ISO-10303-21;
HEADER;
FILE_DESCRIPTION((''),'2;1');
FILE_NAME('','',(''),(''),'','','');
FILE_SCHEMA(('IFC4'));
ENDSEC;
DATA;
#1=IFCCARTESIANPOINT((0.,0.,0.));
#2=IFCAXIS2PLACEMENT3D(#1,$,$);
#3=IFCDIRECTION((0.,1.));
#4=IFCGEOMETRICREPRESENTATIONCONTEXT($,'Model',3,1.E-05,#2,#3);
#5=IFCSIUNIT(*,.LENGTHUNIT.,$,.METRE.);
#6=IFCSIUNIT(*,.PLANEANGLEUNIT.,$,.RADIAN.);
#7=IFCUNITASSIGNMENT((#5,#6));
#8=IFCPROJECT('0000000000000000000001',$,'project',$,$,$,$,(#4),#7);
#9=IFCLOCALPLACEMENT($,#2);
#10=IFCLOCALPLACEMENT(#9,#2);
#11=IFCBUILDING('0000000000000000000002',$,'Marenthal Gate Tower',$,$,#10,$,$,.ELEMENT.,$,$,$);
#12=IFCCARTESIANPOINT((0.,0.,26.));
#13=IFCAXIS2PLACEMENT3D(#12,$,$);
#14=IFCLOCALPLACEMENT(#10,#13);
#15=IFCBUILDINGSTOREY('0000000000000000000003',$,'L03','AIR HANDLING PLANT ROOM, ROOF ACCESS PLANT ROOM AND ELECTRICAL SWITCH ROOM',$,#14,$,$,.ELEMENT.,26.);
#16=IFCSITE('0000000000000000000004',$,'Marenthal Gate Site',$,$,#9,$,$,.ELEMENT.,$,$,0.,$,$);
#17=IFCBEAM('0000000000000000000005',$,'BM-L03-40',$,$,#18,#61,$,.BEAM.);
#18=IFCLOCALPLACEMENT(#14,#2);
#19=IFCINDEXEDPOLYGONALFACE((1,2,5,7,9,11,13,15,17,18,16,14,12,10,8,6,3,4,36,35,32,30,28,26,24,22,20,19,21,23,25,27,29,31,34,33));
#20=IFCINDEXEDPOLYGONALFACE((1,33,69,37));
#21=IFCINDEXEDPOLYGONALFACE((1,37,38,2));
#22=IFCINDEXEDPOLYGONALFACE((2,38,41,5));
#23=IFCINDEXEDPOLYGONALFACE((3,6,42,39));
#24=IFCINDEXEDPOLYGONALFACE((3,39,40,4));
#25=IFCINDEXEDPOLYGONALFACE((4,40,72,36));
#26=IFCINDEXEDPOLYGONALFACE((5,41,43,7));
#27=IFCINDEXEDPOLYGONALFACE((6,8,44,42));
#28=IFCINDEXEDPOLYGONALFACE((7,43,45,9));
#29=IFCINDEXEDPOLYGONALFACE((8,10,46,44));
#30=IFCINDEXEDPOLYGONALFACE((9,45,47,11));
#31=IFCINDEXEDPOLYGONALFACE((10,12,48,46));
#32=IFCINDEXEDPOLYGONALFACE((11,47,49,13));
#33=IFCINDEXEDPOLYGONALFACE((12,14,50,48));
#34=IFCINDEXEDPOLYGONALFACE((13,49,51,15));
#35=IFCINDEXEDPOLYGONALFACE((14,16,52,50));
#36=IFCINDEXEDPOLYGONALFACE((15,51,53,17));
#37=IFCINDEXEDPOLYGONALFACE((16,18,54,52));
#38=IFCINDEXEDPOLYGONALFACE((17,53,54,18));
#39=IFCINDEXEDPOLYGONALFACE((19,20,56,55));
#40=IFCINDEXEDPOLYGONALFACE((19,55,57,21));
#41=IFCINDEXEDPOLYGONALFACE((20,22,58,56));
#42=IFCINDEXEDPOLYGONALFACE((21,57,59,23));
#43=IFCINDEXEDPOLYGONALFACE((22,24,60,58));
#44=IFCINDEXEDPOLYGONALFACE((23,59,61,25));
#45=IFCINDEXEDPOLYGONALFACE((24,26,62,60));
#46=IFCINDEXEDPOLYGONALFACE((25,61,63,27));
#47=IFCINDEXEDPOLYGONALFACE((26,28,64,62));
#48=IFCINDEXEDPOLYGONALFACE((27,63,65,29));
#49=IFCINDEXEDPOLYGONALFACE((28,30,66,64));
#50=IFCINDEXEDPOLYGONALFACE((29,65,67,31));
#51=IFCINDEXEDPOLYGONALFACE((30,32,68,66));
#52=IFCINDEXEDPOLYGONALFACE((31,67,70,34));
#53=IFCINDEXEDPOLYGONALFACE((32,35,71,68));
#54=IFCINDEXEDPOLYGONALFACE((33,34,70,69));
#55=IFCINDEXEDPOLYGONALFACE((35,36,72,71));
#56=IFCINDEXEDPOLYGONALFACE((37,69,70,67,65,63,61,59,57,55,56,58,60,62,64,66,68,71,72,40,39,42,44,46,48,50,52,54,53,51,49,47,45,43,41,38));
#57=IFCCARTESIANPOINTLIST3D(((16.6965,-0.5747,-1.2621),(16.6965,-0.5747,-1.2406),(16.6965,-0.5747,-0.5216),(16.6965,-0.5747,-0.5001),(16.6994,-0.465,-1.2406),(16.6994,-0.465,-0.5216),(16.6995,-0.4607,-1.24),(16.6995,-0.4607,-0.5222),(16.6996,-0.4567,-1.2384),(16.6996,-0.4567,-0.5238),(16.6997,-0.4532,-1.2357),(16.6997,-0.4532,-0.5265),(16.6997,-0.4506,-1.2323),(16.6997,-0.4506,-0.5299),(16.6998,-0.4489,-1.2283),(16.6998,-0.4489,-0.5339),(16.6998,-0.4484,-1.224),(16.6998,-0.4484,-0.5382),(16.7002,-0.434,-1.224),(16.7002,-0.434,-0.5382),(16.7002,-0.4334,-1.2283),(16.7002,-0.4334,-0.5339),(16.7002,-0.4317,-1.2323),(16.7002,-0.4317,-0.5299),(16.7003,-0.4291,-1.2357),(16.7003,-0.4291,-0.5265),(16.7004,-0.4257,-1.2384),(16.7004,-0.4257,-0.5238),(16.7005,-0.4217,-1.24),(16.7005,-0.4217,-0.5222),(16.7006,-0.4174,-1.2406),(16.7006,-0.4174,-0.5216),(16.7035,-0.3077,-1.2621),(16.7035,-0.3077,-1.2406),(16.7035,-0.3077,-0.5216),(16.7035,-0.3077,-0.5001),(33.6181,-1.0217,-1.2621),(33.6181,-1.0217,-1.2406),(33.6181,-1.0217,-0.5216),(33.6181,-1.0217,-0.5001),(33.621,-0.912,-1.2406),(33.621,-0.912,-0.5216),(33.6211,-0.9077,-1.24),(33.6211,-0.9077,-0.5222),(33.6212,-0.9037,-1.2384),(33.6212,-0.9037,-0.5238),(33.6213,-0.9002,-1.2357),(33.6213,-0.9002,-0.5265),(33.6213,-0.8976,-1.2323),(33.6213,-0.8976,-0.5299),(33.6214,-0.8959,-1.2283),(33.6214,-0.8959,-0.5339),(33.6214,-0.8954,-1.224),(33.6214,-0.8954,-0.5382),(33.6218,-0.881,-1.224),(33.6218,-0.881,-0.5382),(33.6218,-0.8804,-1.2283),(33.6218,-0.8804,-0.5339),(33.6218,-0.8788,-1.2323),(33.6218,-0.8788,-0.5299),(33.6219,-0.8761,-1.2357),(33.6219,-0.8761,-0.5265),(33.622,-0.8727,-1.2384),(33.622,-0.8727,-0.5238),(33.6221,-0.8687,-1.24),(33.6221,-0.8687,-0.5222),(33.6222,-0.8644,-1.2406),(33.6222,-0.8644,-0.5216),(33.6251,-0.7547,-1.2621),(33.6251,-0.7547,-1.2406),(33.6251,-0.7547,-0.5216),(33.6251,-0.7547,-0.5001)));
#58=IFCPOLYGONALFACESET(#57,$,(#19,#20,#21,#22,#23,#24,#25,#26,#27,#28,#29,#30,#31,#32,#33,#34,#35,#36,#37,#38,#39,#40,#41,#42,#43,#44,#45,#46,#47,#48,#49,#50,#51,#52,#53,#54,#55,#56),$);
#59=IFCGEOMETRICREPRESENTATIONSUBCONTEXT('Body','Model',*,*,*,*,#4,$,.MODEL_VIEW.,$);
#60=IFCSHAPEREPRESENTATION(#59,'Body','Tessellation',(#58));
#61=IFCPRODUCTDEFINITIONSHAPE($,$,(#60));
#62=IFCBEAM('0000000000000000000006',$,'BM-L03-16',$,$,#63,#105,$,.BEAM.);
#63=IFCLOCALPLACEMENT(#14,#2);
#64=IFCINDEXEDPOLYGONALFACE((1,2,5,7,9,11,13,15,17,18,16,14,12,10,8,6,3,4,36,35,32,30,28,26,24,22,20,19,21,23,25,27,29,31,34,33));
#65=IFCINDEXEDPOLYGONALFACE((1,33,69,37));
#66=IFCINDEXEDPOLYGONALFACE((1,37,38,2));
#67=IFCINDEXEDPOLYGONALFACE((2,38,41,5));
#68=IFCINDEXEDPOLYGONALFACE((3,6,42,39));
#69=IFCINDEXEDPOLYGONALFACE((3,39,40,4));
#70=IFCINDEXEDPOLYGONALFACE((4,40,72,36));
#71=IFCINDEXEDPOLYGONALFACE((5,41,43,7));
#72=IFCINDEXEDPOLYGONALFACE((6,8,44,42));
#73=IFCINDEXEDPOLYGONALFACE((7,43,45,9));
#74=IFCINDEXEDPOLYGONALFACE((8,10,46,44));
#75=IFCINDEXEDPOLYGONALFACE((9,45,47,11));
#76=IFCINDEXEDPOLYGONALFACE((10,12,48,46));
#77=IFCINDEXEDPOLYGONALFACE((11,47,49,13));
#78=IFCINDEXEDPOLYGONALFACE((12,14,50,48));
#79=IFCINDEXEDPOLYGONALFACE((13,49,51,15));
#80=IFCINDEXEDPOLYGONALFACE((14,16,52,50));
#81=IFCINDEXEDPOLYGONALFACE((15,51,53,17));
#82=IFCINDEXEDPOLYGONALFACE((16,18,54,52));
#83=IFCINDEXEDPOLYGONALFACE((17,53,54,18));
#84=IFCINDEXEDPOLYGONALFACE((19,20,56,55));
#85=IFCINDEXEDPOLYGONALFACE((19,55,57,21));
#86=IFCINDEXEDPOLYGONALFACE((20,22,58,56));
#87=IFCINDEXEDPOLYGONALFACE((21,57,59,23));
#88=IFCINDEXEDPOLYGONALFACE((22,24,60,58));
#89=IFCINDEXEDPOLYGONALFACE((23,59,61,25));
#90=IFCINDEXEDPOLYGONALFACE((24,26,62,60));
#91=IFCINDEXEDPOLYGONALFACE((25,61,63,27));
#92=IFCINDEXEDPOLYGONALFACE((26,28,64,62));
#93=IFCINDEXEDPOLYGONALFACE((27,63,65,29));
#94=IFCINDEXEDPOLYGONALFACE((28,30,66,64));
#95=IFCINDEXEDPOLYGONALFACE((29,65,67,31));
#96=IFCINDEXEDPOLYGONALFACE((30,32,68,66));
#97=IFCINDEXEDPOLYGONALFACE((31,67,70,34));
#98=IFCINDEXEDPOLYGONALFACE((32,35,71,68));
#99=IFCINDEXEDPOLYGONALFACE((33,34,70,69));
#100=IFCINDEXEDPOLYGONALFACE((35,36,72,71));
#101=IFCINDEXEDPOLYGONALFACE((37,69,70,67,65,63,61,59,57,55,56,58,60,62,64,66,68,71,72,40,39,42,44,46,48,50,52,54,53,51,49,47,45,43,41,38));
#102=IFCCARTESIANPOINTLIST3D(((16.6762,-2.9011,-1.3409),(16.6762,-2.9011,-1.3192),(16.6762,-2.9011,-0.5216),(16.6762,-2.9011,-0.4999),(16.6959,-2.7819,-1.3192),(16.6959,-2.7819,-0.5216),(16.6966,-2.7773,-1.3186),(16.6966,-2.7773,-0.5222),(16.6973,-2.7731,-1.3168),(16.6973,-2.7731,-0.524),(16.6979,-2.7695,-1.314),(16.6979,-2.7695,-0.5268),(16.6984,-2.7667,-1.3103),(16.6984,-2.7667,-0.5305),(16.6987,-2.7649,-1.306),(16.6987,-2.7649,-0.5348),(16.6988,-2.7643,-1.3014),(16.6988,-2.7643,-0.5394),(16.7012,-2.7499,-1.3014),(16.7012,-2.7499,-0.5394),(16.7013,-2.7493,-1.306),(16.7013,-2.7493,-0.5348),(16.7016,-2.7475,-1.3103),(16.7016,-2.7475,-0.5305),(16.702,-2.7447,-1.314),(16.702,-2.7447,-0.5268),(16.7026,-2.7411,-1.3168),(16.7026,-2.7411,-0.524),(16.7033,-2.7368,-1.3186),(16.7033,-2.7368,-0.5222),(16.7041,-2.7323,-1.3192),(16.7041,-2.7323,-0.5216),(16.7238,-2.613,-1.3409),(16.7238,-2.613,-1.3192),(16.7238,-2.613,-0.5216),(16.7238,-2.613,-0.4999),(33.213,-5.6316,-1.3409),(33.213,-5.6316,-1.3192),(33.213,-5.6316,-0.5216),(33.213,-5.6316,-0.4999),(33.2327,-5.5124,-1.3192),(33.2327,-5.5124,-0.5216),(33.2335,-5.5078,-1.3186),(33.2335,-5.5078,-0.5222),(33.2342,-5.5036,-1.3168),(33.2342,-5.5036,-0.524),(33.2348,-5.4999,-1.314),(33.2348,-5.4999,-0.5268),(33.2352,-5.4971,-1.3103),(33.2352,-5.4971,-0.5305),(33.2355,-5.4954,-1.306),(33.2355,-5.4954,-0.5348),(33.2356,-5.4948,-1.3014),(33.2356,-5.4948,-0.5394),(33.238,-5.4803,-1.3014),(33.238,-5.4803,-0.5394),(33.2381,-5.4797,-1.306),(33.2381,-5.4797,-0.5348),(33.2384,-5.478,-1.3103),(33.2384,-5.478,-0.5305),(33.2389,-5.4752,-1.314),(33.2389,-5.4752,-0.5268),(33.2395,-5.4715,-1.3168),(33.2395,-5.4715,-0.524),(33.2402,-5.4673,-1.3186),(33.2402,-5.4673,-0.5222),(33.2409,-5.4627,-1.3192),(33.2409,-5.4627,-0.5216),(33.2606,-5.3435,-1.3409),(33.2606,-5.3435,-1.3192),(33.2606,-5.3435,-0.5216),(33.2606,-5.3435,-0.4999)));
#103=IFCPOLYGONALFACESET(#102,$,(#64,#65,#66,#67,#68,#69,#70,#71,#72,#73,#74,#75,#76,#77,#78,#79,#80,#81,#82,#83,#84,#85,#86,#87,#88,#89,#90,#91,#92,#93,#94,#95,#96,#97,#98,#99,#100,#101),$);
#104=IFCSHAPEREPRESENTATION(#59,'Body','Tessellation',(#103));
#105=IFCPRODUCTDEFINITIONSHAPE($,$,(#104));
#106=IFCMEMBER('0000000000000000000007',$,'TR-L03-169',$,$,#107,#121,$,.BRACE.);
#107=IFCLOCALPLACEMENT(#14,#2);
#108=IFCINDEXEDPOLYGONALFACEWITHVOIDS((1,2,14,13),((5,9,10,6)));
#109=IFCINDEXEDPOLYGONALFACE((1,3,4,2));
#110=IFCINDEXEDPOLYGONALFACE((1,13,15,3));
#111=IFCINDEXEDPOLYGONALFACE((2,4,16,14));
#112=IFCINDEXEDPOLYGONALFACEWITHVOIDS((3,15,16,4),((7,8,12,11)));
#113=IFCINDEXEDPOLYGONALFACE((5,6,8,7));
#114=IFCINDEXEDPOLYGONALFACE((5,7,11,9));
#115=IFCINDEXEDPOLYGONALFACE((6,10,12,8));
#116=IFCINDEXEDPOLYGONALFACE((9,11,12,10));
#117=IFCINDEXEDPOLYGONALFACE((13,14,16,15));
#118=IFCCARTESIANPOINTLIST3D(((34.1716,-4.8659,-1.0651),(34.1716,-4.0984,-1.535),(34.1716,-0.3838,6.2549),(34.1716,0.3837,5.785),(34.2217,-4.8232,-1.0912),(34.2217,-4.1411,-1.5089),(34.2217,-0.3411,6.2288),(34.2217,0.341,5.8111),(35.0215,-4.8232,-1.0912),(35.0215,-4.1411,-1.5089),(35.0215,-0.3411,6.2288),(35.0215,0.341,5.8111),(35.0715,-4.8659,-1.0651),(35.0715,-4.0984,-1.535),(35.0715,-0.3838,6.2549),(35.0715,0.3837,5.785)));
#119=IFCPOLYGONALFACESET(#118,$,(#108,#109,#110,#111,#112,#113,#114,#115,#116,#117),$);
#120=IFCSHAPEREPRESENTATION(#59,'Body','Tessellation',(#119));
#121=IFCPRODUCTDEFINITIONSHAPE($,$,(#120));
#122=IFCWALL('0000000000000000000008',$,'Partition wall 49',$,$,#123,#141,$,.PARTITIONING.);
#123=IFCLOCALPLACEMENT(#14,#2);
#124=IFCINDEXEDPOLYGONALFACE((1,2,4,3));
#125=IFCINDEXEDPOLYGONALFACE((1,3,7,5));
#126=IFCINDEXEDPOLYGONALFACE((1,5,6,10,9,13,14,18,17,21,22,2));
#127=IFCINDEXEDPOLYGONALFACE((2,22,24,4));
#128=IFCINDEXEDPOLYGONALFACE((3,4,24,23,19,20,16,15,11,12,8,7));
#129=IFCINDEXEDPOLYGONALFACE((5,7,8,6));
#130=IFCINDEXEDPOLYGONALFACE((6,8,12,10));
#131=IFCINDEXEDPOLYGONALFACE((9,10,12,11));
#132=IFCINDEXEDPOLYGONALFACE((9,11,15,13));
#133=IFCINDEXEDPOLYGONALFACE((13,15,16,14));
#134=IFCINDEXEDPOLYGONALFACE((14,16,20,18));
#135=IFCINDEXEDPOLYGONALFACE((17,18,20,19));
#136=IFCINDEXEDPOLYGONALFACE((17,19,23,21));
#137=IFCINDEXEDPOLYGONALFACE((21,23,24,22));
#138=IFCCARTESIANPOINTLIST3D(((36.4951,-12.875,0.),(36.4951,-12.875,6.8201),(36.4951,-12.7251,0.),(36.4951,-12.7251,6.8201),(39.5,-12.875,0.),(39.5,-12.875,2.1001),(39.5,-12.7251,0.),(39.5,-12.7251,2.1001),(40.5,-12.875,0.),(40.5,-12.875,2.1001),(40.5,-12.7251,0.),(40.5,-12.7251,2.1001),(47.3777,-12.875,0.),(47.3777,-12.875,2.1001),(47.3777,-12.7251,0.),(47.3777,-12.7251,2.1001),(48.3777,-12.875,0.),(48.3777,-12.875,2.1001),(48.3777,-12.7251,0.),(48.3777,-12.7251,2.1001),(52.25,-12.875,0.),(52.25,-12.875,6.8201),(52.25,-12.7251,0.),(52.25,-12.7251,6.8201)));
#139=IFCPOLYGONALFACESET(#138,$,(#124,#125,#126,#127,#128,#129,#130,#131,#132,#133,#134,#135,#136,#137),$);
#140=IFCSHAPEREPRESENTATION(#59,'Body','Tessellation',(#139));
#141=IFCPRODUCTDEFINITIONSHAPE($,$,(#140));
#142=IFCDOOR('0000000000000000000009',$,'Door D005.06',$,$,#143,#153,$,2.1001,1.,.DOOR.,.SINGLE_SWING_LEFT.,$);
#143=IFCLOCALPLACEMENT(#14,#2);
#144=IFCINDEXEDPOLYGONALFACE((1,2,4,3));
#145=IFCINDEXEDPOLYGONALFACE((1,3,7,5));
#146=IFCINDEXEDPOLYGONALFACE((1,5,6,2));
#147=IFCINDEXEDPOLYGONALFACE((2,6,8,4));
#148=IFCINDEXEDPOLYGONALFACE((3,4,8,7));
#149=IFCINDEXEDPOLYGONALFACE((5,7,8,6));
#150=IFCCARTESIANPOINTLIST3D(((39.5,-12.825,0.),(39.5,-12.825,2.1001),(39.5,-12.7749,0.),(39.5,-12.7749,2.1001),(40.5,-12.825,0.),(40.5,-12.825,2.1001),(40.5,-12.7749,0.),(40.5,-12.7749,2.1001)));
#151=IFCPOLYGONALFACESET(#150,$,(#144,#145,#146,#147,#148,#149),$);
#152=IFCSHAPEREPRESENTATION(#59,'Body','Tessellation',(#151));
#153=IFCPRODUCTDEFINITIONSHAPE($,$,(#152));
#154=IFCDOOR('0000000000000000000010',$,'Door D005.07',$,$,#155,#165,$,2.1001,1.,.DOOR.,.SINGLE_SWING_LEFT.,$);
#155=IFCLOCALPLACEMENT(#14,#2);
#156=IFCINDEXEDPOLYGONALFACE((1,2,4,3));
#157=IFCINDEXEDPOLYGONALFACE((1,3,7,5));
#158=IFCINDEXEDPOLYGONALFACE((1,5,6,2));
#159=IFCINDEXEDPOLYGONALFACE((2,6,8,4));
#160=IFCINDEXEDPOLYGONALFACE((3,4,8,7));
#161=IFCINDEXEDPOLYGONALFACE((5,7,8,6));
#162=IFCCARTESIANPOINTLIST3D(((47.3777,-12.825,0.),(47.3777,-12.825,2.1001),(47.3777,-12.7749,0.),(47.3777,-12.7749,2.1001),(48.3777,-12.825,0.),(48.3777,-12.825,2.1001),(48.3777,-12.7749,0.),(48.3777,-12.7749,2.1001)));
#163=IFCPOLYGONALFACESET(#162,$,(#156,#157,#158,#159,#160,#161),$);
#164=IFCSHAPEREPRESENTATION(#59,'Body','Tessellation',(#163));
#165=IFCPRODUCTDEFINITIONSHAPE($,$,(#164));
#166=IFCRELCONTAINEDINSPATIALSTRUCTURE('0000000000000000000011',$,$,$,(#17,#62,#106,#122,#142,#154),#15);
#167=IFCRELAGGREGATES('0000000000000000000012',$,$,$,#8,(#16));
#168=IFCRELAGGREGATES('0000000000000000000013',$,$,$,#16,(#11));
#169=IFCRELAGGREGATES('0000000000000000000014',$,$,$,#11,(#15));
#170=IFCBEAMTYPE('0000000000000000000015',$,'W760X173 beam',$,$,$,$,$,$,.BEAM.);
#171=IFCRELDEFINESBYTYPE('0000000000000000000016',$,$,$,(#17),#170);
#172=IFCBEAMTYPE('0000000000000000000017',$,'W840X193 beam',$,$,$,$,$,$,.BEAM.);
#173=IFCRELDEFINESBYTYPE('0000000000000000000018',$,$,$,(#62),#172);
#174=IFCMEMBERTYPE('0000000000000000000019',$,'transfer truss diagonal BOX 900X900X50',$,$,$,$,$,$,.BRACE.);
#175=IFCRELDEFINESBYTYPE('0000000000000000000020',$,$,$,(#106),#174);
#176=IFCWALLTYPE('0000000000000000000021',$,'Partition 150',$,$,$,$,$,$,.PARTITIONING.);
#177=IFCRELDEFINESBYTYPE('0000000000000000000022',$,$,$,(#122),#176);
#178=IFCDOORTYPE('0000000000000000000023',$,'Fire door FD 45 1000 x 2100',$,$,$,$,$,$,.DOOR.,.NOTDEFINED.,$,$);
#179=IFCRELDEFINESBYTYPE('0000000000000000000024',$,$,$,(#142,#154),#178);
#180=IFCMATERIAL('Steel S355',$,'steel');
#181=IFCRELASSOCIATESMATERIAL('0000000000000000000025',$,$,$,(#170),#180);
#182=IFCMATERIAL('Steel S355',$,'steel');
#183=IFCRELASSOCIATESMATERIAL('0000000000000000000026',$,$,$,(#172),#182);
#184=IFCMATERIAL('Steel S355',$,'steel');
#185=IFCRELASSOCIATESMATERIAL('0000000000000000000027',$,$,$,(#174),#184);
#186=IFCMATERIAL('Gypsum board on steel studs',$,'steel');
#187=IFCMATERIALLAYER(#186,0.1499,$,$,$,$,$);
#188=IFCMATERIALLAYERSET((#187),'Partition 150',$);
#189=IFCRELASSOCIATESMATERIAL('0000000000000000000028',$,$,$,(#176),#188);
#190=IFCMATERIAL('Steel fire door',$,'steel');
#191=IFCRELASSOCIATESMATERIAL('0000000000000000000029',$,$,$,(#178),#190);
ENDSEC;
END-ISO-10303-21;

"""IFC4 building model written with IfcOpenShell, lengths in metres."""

from ifc_helpers import new_model, si_unit, direction, frame, frame_2d, origin, origin_2d, place, context, subcontext, project, spatial, rectangle, hollow_rectangle, i_section, extrude, material, layer, layer_set, material_profile, profile_set, type_object, element, fill, save


model = new_model("IFC4")

# Units and contexts
model_context = context("Model", 3, precision=1e-05, world=origin(), true_north=direction((0.0, 1.0)))
body_context = subcontext(model_context, "Body", "Model", "MODEL_VIEW")
ifc_project = project(units=[si_unit("LENGTHUNIT", "METRE"), si_unit("PLANEANGLEUNIT", "RADIAN")], contexts=[model_context])

# Site, building, storey
site_placement = place(None, origin())
site = spatial("IfcSite", under=ifc_project, at=site_placement, Name="Marenthal Gate Site", CompositionType="ELEMENT", RefElevation=0.0)
building_placement = place(site_placement, origin())
building = spatial("IfcBuilding", under=site, at=building_placement, Name="Marenthal Gate Tower", CompositionType="ELEMENT")
storey_placement = place(building_placement, frame((0.0, 0.0, 26.0)))
storey = spatial("IfcBuildingStorey", under=building, at=storey_placement, Name="L03", Description="AIR HANDLING PLANT ROOM, ROOF ACCESS PLANT ROOM AND ELECTRICAL SWITCH ROOM", CompositionType="ELEMENT", Elevation=26.0)

# Beams
ifc_material_1 = material(Name="Steel S355", Category="steel")
ifc_material_profile_1 = material_profile(ifc_material_1, i_section(OverallWidth=0.2671, OverallDepth=0.762, WebThickness=0.0144, FlangeThickness=0.0215, FilletRadius=0.0166, at=origin_2d()), Name="W760X173")
ifc_profile_set_1 = profile_set([ifc_material_profile_1], Name="Steel S355")
beam_type_1 = type_object("IfcBeamType", Name="W760X173 beam", PredefinedType="BEAM", material=ifc_profile_set_1)
beam_1_placement = place(storey_placement, frame((33.6216, -0.8882, -0.8811), z_axis=(-0.999651, 0.026408, 0.0), x_axis=(-0.026408, -0.999651, 0.0)))
element("IfcBeam", 1, at=beam_1_placement, inside=storey, type_object=beam_type_1, Name="BM-L03-40", PredefinedType="BEAM", context=body_context, shape_type="SweptSolid", body=[
    extrude(i_section(OverallWidth=0.2671, OverallDepth=0.762, WebThickness=0.0144, FlangeThickness=0.0215, FilletRadius=0.0166, at=origin_2d()), origin(), (0.0, 0.0, 1.0), 16.9275),
])
ifc_material_2 = material(Name="Steel S355", Category="steel")
ifc_material_profile_2 = material_profile(ifc_material_2, i_section(OverallWidth=0.292, OverallDepth=0.8411, WebThickness=0.0146, FlangeThickness=0.0217, FilletRadius=0.0178, at=origin_2d()), Name="W840X193")
ifc_profile_set_2 = profile_set([ifc_material_profile_2], Name="Steel S355")
beam_type_2 = type_object("IfcBeamType", Name="W840X193 beam", PredefinedType="BEAM", material=ifc_profile_set_2)
beam_2_placement = place(storey_placement, frame((33.2368, -5.4875, -0.9204), z_axis=(-0.986641, 0.162908, 0.0), x_axis=(-0.162908, -0.986641, 0.0)))
element("IfcBeam", 2, at=beam_2_placement, inside=storey, type_object=beam_type_2, Name="BM-L03-16", PredefinedType="BEAM", context=body_context, shape_type="SweptSolid", body=[
    extrude(i_section(OverallWidth=0.292, OverallDepth=0.8411, WebThickness=0.0146, FlangeThickness=0.0217, FilletRadius=0.0178, at=origin_2d()), origin(), (0.0, 0.0, 1.0), 16.7607),
])

# Member
ifc_material_3 = material(Name="Steel S355", Category="steel")
ifc_material_profile_3 = material_profile(ifc_material_3, hollow_rectangle(XDim=0.8999, YDim=0.8999, WallThickness=0.05, at=origin_2d()), Name="BOX 900X900X50")
ifc_profile_set_3 = profile_set([ifc_material_profile_3], Name="Steel S355")
member_type = type_object("IfcMemberType", Name="transfer truss diagonal BOX 900X900X50", PredefinedType="BRACE", material=ifc_profile_set_3)
member_placement = place(storey_placement, frame((34.6216, -4.4822, -1.3), z_axis=(0.0, 0.522197, 0.852825), x_axis=(-1.0, 0.0, 0.0)))
element("IfcMember", 3, at=member_placement, inside=storey, type_object=member_type, Name="TR-L03-169", PredefinedType="BRACE", context=body_context, shape_type="SweptSolid", body=[
    extrude(hollow_rectangle(XDim=0.8999, YDim=0.8999, WallThickness=0.05, at=origin_2d()), origin(), (0.0, 0.0, 1.0), 8.5833),
])

# Wall, openings, doors
ifc_material_4 = material(Name="Gypsum board on steel studs", Category="steel")
ifc_layer_1 = layer(ifc_material_4, 0.1499)
ifc_layer_set_1 = layer_set([ifc_layer_1], Name="Partition 150")
wall_type_1 = type_object("IfcWallType", Name="Partition 150", PredefinedType="PARTITIONING", material=ifc_layer_set_1)
wall_1_placement = place(storey_placement, frame((36.4951, -12.8, 0.0), z_axis=(0.0, 0.0, 1.0), x_axis=(1.0, 0.0, 0.0)))
wall_1 = element("IfcWall", 4, at=wall_1_placement, inside=storey, type_object=wall_type_1, Name="Partition wall 49", PredefinedType="PARTITIONING", context=body_context, shape_type="SweptSolid", body=[
    extrude(rectangle(XDim=15.7549, YDim=0.1499, at=frame_2d((7.8774, 0.0))), origin(), (0.0, 0.0, 1.0), 6.8201),
])
opening_1_placement = place(wall_1_placement, frame((3.0049, 0.0, 0.0)))
opening_1 = element("IfcOpeningElement", 5, at=opening_1_placement, cuts=wall_1, PredefinedType="OPENING", context=body_context, shape_type="SweptSolid", body=[
    extrude(rectangle(XDim=1.0, YDim=2.1001, at=frame_2d((0.5, 1.05))), frame((0.0, 0.085, 0.0), z_axis=(0.0, -1.0, 0.0), x_axis=(1.0, 0.0, 0.0)), (0.0, 0.0, 1.0), 0.1699),
])
opening_2_placement = place(wall_1_placement, frame((10.8826, 0.0, 0.0)))
opening_2 = element("IfcOpeningElement", 6, at=opening_2_placement, cuts=wall_1, PredefinedType="OPENING", context=body_context, shape_type="SweptSolid", body=[
    extrude(rectangle(XDim=1.0, YDim=2.1001, at=frame_2d((0.5, 1.05))), frame((0.0, 0.085, 0.0), z_axis=(0.0, -1.0, 0.0), x_axis=(1.0, 0.0, 0.0)), (0.0, 0.0, 1.0), 0.1699),
])
ifc_material_5 = material(Name="Steel fire door", Category="steel")
door_type = type_object("IfcDoorType", Name="Fire door FD 45 1000 x 2100", OperationType="NOTDEFINED", PredefinedType="DOOR", material=ifc_material_5)
door_1_placement = place(opening_1_placement, frame((1.0, 0.0, 0.0), z_axis=(0.0, 0.0, 1.0), x_axis=(-1.0, 0.0, 0.0)))
door_1 = element("IfcDoor", 7, at=door_1_placement, inside=storey, type_object=door_type, Name="Door D005.06", OperationType="SINGLE_SWING_LEFT", OverallHeight=2.1001, OverallWidth=1.0, PredefinedType="DOOR", context=body_context, shape_type="SweptSolid", body=[
    extrude(rectangle(XDim=1.0, YDim=2.1001, at=frame_2d((0.5, 1.05))), frame((0.0, 0.0249, 0.0), z_axis=(0.0, -1.0, 0.0), x_axis=(1.0, 0.0, 0.0)), (0.0, 0.0, 1.0), 0.05),
])
fill(opening_1, door_1)
door_2_placement = place(opening_2_placement, frame((1.0, 0.0, 0.0), z_axis=(0.0, 0.0, 1.0), x_axis=(-1.0, 0.0, 0.0)))
door_2 = element("IfcDoor", 8, at=door_2_placement, inside=storey, type_object=door_type, Name="Door D005.07", OperationType="SINGLE_SWING_LEFT", OverallHeight=2.1001, OverallWidth=1.0, PredefinedType="DOOR", context=body_context, shape_type="SweptSolid", body=[
    extrude(rectangle(XDim=1.0, YDim=2.1001, at=frame_2d((0.5, 1.05))), frame((0.0, 0.0249, 0.0), z_axis=(0.0, -1.0, 0.0), x_axis=(1.0, 0.0, 0.0)), (0.0, 0.0, 1.0), 0.05),
])
fill(opening_2, door_2)

save(model, "model.ifc")
